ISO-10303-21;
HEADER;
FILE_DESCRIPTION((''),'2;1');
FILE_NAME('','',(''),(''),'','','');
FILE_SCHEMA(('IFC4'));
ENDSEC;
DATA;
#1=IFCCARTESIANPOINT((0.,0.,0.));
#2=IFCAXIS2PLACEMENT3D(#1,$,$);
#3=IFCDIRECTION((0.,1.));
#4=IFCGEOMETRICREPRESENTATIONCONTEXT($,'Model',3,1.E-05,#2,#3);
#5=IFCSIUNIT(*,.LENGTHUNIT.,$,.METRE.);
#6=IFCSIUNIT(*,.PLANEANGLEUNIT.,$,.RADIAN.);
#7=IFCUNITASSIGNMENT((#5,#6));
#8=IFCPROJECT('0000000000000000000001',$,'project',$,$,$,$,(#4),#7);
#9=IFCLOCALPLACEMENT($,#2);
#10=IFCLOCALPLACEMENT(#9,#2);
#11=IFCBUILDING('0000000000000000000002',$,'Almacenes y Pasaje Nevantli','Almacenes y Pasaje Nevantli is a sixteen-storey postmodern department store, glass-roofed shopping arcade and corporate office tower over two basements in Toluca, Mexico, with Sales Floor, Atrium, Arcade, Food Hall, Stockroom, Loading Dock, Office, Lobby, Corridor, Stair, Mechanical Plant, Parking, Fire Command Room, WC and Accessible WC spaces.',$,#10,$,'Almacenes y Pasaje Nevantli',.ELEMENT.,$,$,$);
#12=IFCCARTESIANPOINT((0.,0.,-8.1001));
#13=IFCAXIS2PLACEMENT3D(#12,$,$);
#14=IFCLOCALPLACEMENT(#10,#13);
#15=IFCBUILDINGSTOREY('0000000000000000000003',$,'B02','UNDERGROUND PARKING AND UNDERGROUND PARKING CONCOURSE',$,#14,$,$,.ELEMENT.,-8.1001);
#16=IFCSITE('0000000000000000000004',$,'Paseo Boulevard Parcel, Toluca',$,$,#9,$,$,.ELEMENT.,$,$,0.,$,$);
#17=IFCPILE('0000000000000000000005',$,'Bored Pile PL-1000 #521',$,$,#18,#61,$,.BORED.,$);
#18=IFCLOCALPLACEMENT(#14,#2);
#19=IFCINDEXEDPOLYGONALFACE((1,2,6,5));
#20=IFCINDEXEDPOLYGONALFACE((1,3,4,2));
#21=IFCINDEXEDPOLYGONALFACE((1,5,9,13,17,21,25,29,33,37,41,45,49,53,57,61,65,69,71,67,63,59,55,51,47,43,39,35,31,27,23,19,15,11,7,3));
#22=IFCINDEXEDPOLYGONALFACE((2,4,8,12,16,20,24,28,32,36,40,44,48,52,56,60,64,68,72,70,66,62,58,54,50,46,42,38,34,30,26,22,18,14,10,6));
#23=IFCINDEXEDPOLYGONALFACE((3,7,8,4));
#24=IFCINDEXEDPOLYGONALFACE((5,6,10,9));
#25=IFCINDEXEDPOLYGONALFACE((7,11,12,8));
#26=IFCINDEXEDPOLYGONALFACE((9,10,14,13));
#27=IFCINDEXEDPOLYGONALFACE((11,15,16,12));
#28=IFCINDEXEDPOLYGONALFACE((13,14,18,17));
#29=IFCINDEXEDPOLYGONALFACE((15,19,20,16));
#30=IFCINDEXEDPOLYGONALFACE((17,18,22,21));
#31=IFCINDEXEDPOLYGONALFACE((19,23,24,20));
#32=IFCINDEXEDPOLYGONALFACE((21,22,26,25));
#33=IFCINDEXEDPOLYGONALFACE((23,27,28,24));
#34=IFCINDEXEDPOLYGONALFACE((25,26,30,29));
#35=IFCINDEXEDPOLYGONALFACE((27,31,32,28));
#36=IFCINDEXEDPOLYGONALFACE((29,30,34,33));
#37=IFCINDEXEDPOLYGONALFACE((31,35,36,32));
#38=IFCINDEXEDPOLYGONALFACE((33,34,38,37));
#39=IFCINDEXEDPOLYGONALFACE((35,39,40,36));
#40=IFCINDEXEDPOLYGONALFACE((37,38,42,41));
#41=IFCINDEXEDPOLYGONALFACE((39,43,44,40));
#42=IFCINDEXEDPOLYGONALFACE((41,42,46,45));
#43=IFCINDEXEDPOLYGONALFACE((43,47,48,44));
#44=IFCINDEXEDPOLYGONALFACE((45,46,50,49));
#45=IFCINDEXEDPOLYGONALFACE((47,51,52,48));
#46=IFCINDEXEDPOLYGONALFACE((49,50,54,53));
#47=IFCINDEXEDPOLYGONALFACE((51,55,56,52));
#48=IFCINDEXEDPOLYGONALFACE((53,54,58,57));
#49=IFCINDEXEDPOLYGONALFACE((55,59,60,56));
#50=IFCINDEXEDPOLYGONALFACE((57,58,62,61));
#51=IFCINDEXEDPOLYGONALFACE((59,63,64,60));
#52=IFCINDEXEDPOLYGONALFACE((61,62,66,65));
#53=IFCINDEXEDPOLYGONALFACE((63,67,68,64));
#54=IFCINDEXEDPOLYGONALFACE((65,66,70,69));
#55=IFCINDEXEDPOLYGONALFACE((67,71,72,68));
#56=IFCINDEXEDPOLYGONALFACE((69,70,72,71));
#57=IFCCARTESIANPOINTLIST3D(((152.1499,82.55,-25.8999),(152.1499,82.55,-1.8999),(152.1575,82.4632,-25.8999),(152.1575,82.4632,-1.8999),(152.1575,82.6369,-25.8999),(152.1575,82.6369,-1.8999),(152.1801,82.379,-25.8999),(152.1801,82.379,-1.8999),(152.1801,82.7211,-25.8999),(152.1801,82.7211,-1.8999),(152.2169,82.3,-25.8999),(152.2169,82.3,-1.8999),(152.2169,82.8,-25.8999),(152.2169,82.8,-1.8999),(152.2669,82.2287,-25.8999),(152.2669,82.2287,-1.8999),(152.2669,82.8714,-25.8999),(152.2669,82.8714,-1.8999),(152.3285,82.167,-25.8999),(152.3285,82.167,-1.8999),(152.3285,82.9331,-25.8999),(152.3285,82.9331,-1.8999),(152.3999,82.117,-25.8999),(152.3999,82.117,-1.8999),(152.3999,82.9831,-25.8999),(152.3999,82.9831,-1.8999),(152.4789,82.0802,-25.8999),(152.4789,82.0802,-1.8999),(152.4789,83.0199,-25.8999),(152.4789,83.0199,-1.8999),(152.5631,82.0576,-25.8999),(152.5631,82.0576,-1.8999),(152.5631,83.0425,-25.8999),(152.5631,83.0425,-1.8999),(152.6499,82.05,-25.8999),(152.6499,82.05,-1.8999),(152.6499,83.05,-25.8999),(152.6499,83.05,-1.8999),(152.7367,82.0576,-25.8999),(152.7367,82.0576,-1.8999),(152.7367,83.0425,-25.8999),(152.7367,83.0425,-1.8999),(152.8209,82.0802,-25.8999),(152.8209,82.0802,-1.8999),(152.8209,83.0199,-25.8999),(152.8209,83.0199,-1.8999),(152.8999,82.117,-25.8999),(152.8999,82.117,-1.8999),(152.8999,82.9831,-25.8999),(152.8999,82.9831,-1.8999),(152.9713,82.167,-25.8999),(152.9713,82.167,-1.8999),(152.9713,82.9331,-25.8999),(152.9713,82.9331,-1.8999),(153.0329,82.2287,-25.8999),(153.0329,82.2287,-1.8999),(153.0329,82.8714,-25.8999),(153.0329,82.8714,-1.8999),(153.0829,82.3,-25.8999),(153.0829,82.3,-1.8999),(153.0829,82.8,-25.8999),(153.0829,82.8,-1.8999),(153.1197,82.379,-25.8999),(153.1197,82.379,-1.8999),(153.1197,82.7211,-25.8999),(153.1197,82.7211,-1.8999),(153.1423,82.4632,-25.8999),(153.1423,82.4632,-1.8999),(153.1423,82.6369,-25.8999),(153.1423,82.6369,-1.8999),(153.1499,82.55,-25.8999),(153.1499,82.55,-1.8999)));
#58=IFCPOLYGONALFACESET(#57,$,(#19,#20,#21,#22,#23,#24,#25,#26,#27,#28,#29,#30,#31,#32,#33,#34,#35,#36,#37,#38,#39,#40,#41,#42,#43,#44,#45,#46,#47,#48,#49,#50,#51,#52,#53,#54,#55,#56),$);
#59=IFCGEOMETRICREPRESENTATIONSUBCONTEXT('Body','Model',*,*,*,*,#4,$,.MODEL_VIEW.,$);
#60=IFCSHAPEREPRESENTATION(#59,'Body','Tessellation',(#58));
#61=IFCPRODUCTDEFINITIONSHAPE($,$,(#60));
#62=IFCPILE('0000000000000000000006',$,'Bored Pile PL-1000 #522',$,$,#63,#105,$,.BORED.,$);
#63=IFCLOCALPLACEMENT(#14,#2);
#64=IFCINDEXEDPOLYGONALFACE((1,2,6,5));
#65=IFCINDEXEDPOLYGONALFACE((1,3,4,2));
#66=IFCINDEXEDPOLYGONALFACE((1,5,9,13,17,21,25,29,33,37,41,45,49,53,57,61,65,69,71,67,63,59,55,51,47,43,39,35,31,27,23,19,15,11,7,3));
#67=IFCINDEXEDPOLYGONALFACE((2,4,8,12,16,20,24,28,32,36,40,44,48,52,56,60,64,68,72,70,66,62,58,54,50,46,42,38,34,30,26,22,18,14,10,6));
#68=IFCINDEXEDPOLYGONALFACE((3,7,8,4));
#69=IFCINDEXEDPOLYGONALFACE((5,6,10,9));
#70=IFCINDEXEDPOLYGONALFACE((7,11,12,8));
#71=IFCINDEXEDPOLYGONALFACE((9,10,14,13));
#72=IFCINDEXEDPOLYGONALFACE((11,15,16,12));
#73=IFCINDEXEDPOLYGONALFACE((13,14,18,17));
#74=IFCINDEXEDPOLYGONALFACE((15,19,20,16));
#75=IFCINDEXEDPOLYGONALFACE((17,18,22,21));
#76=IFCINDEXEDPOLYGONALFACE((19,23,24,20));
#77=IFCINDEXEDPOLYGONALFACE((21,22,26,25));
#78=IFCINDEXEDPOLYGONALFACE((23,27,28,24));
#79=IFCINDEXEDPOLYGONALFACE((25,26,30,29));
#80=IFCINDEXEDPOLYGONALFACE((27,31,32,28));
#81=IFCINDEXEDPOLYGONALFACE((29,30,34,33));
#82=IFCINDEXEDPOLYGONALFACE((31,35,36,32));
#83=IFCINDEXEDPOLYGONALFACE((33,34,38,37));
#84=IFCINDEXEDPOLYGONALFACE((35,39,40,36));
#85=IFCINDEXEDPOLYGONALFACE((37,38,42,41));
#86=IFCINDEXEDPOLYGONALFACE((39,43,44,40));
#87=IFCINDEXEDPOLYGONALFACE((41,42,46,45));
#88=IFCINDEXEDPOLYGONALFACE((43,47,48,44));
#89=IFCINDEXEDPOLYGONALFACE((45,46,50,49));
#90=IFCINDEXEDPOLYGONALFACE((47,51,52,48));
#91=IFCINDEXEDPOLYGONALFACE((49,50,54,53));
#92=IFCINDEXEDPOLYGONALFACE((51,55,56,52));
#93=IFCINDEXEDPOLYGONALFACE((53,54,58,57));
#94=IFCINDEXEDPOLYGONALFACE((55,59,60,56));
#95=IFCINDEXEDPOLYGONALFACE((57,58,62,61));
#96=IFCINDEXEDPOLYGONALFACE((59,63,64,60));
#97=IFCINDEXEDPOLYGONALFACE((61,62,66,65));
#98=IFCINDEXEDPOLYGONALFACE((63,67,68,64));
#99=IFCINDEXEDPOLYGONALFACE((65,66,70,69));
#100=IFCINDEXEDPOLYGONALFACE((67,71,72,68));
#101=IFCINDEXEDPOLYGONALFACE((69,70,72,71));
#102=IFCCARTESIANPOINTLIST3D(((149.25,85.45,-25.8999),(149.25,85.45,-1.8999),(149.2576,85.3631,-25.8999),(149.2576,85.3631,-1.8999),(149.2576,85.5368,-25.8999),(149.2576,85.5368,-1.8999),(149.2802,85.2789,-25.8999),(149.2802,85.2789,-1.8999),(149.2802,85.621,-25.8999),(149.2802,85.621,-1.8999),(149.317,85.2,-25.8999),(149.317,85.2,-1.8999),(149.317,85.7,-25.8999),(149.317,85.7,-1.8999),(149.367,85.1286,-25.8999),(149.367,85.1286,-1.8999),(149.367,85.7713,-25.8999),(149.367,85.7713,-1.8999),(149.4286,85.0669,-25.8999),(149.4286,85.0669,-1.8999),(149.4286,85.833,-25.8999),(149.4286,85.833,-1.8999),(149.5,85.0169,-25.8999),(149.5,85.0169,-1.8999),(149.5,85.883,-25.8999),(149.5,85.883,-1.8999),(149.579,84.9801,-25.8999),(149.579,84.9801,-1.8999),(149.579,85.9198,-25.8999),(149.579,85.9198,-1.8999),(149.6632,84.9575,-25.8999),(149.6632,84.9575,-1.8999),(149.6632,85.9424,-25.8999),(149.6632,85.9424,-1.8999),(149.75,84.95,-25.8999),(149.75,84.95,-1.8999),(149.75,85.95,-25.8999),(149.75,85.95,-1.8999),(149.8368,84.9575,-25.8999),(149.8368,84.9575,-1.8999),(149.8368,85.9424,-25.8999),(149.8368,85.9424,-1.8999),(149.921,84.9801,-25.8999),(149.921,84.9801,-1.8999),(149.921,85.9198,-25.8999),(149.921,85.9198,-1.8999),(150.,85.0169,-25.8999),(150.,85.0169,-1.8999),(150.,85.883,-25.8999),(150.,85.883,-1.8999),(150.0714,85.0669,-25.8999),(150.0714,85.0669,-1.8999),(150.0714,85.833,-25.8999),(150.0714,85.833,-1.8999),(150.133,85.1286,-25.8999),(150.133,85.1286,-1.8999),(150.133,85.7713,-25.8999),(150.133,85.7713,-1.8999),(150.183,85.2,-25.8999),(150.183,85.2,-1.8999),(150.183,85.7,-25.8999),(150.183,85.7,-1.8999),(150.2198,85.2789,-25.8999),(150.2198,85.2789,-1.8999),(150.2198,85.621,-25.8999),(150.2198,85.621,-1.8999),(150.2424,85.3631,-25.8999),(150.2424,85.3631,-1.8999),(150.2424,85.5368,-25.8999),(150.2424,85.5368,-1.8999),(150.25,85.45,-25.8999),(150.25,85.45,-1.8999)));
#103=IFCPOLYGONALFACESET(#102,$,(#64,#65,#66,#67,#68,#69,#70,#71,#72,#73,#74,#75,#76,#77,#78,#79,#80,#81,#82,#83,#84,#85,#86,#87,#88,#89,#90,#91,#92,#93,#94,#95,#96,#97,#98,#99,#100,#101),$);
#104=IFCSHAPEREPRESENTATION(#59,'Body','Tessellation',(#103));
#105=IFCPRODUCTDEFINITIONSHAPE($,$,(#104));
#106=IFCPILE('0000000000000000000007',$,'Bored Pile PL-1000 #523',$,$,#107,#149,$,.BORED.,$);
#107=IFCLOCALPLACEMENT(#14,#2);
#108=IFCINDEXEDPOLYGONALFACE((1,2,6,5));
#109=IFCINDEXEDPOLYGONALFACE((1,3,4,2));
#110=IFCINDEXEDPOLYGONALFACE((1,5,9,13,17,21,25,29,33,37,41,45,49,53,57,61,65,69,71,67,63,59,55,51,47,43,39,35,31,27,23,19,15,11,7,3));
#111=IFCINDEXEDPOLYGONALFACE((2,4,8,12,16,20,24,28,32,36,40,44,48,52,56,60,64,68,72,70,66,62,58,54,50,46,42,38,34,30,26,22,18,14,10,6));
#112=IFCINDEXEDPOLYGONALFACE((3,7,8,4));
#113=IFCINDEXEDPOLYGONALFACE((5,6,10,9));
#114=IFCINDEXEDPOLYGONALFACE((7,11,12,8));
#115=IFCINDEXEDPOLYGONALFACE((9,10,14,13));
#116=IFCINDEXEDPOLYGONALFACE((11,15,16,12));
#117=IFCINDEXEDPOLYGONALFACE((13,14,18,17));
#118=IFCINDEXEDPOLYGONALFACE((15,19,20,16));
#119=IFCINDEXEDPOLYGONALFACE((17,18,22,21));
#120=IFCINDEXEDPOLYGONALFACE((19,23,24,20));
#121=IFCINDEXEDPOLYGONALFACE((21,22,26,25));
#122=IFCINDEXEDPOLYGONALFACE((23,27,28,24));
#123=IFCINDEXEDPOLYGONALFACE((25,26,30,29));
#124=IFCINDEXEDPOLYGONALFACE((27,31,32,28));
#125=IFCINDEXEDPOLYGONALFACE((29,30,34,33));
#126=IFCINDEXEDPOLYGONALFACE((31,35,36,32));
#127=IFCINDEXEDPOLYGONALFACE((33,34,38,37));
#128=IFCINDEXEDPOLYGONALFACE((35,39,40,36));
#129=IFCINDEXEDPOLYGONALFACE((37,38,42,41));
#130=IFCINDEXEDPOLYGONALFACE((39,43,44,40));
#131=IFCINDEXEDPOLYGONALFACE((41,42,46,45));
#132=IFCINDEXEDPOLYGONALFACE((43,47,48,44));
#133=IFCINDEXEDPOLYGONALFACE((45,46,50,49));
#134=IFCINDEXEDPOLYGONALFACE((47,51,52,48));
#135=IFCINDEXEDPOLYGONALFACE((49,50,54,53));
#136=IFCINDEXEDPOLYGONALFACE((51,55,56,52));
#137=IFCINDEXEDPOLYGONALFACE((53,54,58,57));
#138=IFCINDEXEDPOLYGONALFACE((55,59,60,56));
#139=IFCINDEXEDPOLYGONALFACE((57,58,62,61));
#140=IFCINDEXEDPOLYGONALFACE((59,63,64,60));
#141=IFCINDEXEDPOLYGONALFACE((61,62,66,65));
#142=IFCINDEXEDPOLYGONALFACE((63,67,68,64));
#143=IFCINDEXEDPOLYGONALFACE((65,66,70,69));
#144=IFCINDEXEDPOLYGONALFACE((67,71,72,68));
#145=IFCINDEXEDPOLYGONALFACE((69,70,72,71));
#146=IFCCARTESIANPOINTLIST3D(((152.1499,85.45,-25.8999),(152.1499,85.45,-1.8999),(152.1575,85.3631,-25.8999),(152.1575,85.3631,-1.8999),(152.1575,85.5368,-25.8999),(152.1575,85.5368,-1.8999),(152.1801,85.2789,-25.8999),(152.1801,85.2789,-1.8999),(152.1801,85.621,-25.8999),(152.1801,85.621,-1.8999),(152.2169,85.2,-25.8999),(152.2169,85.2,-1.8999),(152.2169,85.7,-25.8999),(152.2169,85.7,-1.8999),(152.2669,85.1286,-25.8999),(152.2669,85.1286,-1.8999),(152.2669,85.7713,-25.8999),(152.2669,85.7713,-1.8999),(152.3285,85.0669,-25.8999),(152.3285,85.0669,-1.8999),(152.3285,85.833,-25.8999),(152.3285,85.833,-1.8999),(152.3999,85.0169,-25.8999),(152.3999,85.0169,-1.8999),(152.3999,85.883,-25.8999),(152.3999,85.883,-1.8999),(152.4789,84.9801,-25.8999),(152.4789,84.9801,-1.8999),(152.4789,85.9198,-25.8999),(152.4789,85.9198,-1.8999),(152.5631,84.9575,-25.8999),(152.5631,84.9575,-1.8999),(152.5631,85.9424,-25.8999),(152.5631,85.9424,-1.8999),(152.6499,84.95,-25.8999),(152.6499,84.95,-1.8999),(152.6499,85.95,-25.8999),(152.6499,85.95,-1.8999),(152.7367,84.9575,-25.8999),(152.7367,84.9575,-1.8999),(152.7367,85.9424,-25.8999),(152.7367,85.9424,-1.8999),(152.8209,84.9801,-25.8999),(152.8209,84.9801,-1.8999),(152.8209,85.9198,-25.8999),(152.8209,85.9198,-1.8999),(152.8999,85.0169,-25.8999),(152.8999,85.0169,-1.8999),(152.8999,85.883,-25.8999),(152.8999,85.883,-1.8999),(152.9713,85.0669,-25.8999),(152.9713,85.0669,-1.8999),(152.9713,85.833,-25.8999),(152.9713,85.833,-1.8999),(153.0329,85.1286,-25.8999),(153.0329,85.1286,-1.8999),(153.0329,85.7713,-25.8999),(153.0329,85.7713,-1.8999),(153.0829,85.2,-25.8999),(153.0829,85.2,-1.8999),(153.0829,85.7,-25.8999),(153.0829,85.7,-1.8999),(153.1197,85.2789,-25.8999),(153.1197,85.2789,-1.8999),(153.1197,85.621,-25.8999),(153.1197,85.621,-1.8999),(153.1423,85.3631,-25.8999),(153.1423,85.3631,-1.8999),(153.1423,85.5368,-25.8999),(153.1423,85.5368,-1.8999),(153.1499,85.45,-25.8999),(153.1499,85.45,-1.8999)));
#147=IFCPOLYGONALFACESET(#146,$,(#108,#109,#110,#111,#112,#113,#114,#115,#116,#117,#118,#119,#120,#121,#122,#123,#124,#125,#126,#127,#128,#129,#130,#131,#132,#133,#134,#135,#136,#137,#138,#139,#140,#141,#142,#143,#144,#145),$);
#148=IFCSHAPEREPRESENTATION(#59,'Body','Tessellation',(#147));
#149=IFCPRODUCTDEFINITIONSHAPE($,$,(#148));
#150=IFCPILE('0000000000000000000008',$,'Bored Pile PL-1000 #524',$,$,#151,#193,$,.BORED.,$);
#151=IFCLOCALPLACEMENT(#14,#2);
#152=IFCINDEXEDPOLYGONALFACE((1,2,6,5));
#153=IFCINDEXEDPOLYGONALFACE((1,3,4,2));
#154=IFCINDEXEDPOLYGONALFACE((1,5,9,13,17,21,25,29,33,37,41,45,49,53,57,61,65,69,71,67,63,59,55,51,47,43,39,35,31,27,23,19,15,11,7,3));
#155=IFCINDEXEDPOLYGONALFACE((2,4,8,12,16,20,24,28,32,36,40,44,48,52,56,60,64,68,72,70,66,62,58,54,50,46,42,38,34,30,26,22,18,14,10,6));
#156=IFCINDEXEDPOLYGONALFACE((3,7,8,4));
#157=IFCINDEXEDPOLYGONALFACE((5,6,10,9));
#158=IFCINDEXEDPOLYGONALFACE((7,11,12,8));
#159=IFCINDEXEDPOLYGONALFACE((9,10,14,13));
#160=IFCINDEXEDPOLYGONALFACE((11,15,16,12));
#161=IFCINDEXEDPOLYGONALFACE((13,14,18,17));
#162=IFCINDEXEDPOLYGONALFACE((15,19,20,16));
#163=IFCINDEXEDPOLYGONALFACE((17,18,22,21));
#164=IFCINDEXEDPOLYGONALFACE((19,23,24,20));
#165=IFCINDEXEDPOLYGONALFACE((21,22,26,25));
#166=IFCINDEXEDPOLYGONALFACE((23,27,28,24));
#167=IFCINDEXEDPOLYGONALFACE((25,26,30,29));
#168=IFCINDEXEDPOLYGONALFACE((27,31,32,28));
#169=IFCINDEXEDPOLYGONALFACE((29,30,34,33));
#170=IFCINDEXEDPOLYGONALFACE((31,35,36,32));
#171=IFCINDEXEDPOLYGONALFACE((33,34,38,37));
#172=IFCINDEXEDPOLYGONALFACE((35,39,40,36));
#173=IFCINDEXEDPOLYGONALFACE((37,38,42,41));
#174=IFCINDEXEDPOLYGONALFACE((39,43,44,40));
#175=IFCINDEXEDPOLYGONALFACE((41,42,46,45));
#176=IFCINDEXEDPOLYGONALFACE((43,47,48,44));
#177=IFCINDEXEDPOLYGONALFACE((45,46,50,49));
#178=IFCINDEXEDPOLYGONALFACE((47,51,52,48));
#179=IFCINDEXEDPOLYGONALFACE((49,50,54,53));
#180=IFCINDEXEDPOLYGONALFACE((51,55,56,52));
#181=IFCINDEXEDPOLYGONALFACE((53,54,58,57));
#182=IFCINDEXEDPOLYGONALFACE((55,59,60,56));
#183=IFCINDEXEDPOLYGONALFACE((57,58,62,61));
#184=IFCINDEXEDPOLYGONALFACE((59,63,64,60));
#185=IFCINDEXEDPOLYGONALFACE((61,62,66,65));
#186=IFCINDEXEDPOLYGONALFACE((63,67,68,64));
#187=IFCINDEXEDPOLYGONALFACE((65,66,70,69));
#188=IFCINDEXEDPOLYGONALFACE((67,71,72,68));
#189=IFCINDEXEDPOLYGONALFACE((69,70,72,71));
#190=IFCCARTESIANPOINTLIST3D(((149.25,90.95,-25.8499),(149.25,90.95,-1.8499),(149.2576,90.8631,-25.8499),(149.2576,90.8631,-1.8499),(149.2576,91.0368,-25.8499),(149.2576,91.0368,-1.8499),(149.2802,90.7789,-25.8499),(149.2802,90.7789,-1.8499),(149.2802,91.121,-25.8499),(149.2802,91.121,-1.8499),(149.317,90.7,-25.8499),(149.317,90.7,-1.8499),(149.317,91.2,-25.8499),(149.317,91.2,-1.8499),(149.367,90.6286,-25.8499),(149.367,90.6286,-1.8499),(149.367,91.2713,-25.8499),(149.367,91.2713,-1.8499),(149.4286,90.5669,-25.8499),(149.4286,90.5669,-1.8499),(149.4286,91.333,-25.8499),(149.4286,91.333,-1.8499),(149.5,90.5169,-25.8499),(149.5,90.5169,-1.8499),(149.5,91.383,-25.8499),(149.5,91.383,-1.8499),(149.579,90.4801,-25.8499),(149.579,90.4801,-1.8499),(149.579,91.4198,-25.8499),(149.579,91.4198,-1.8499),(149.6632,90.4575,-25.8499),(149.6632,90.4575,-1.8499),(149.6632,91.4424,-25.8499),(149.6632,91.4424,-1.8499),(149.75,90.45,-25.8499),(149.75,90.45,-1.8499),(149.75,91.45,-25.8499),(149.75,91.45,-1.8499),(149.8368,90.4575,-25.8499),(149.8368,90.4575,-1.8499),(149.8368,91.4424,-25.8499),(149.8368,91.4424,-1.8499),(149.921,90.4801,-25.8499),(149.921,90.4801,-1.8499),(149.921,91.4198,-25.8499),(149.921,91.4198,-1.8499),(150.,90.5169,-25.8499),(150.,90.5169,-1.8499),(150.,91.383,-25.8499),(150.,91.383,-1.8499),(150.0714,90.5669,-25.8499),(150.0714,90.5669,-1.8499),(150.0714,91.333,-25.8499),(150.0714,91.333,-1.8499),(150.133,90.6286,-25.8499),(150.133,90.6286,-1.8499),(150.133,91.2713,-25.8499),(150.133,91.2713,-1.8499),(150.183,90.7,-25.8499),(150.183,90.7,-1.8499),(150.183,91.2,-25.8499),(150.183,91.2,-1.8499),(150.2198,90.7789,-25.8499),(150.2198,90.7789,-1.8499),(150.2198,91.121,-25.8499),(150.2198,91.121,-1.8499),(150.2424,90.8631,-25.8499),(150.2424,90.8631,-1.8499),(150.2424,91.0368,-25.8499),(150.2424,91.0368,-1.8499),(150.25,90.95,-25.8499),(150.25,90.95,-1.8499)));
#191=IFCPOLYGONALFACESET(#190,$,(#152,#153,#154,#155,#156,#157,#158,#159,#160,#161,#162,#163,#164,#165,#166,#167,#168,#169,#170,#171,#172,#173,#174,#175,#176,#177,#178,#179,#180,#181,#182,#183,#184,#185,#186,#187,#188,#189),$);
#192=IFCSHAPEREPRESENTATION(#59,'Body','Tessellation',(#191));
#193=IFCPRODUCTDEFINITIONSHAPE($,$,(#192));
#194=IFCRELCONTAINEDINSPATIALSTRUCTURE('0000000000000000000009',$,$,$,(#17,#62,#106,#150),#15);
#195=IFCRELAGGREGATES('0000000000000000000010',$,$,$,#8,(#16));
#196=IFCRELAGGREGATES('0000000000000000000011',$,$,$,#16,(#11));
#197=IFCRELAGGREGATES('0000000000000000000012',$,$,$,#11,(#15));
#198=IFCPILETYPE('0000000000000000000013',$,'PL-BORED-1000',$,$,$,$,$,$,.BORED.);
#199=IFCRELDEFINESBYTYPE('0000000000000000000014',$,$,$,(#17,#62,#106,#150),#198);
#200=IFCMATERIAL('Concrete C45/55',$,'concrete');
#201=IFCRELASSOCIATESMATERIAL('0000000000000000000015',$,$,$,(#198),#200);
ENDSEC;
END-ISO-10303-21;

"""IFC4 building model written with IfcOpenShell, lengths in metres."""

from ifc_helpers import new_model, si_unit, direction, frame, origin, origin_2d, place, context, subcontext, project, spatial, circle, extrude, material, material_profile, profile_set, type_object, element, save


model = new_model("IFC4")

# Units and contexts
model_context = context("Model", 3, precision=1e-05, world=origin(), true_north=direction((0.0, 1.0)))
body_context = subcontext(model_context, "Body", "Model", "MODEL_VIEW")
ifc_project = project(units=[si_unit("LENGTHUNIT", "METRE"), si_unit("PLANEANGLEUNIT", "RADIAN")], contexts=[model_context])

# Site, building, storey
site_placement = place(None, origin())
site = spatial("IfcSite", under=ifc_project, at=site_placement, Name="Paseo Boulevard Parcel, Toluca", CompositionType="ELEMENT", RefElevation=0.0)
building_placement = place(site_placement, origin())
building = spatial("IfcBuilding", under=site, at=building_placement, Name="Almacenes y Pasaje Nevantli", Description="Almacenes y Pasaje Nevantli is a sixteen-storey postmodern department store, glass-roofed shopping arcade and corporate office tower over two basements in Toluca, Mexico, with Sales Floor, Atrium, Arcade, Food Hall, Stockroom, Loading Dock, Office, Lobby, Corridor, Stair, Mechanical Plant, Parking, Fire Command Room, WC and Accessible WC spaces.", LongName="Almacenes y Pasaje Nevantli", CompositionType="ELEMENT")
storey_placement = place(building_placement, frame((0.0, 0.0, -8.1001)))
storey = spatial("IfcBuildingStorey", under=building, at=storey_placement, Name="B02", Description="UNDERGROUND PARKING AND UNDERGROUND PARKING CONCOURSE", CompositionType="ELEMENT", Elevation=-8.1001)

# Piles
ifc_material_1 = material(Name="Concrete C45/55", Category="concrete")
ifc_material_profile_1 = material_profile(ifc_material_1, circle(Radius=0.5, at=origin_2d()), Name="RC-PILE-D1000")
ifc_profile_set_1 = profile_set([ifc_material_profile_1], Name="Concrete C45/55")
pile_type = type_object("IfcPileType", Name="PL-BORED-1000", PredefinedType="BORED", material=ifc_profile_set_1)
for number, where, z_axis, x_axis, name in (
    (1, (152.6499, 82.55, -1.8999), (0.0, 0.0, -1.0), (1.0, 0.0, 0.0), "Bored Pile PL-1000 #521"),
    (2, (149.75, 85.45, -1.8999), (0.0, 0.0, -1.0), (1.0, 0.0, 0.0), "Bored Pile PL-1000 #522"),
    (3, (152.6499, 85.45, -1.8999), (0.0, 0.0, -1.0), (1.0, 0.0, 0.0), "Bored Pile PL-1000 #523"),
    (4, (149.75, 90.95, -1.8499), (0.0, 0.0, -1.0), (1.0, 0.0, 0.0), "Bored Pile PL-1000 #524"),
):
    element("IfcPile", number, at=place(storey_placement, frame(where, z_axis=z_axis, x_axis=x_axis)), inside=storey, type_object=pile_type, Name=name, PredefinedType="BORED", context=body_context, shape_type="SweptSolid", body=[
        extrude(circle(Radius=0.5, at=origin_2d()), origin(), (0.0, 0.0, 1.0), 24.0),
    ])

save(model, "model.ifc")
